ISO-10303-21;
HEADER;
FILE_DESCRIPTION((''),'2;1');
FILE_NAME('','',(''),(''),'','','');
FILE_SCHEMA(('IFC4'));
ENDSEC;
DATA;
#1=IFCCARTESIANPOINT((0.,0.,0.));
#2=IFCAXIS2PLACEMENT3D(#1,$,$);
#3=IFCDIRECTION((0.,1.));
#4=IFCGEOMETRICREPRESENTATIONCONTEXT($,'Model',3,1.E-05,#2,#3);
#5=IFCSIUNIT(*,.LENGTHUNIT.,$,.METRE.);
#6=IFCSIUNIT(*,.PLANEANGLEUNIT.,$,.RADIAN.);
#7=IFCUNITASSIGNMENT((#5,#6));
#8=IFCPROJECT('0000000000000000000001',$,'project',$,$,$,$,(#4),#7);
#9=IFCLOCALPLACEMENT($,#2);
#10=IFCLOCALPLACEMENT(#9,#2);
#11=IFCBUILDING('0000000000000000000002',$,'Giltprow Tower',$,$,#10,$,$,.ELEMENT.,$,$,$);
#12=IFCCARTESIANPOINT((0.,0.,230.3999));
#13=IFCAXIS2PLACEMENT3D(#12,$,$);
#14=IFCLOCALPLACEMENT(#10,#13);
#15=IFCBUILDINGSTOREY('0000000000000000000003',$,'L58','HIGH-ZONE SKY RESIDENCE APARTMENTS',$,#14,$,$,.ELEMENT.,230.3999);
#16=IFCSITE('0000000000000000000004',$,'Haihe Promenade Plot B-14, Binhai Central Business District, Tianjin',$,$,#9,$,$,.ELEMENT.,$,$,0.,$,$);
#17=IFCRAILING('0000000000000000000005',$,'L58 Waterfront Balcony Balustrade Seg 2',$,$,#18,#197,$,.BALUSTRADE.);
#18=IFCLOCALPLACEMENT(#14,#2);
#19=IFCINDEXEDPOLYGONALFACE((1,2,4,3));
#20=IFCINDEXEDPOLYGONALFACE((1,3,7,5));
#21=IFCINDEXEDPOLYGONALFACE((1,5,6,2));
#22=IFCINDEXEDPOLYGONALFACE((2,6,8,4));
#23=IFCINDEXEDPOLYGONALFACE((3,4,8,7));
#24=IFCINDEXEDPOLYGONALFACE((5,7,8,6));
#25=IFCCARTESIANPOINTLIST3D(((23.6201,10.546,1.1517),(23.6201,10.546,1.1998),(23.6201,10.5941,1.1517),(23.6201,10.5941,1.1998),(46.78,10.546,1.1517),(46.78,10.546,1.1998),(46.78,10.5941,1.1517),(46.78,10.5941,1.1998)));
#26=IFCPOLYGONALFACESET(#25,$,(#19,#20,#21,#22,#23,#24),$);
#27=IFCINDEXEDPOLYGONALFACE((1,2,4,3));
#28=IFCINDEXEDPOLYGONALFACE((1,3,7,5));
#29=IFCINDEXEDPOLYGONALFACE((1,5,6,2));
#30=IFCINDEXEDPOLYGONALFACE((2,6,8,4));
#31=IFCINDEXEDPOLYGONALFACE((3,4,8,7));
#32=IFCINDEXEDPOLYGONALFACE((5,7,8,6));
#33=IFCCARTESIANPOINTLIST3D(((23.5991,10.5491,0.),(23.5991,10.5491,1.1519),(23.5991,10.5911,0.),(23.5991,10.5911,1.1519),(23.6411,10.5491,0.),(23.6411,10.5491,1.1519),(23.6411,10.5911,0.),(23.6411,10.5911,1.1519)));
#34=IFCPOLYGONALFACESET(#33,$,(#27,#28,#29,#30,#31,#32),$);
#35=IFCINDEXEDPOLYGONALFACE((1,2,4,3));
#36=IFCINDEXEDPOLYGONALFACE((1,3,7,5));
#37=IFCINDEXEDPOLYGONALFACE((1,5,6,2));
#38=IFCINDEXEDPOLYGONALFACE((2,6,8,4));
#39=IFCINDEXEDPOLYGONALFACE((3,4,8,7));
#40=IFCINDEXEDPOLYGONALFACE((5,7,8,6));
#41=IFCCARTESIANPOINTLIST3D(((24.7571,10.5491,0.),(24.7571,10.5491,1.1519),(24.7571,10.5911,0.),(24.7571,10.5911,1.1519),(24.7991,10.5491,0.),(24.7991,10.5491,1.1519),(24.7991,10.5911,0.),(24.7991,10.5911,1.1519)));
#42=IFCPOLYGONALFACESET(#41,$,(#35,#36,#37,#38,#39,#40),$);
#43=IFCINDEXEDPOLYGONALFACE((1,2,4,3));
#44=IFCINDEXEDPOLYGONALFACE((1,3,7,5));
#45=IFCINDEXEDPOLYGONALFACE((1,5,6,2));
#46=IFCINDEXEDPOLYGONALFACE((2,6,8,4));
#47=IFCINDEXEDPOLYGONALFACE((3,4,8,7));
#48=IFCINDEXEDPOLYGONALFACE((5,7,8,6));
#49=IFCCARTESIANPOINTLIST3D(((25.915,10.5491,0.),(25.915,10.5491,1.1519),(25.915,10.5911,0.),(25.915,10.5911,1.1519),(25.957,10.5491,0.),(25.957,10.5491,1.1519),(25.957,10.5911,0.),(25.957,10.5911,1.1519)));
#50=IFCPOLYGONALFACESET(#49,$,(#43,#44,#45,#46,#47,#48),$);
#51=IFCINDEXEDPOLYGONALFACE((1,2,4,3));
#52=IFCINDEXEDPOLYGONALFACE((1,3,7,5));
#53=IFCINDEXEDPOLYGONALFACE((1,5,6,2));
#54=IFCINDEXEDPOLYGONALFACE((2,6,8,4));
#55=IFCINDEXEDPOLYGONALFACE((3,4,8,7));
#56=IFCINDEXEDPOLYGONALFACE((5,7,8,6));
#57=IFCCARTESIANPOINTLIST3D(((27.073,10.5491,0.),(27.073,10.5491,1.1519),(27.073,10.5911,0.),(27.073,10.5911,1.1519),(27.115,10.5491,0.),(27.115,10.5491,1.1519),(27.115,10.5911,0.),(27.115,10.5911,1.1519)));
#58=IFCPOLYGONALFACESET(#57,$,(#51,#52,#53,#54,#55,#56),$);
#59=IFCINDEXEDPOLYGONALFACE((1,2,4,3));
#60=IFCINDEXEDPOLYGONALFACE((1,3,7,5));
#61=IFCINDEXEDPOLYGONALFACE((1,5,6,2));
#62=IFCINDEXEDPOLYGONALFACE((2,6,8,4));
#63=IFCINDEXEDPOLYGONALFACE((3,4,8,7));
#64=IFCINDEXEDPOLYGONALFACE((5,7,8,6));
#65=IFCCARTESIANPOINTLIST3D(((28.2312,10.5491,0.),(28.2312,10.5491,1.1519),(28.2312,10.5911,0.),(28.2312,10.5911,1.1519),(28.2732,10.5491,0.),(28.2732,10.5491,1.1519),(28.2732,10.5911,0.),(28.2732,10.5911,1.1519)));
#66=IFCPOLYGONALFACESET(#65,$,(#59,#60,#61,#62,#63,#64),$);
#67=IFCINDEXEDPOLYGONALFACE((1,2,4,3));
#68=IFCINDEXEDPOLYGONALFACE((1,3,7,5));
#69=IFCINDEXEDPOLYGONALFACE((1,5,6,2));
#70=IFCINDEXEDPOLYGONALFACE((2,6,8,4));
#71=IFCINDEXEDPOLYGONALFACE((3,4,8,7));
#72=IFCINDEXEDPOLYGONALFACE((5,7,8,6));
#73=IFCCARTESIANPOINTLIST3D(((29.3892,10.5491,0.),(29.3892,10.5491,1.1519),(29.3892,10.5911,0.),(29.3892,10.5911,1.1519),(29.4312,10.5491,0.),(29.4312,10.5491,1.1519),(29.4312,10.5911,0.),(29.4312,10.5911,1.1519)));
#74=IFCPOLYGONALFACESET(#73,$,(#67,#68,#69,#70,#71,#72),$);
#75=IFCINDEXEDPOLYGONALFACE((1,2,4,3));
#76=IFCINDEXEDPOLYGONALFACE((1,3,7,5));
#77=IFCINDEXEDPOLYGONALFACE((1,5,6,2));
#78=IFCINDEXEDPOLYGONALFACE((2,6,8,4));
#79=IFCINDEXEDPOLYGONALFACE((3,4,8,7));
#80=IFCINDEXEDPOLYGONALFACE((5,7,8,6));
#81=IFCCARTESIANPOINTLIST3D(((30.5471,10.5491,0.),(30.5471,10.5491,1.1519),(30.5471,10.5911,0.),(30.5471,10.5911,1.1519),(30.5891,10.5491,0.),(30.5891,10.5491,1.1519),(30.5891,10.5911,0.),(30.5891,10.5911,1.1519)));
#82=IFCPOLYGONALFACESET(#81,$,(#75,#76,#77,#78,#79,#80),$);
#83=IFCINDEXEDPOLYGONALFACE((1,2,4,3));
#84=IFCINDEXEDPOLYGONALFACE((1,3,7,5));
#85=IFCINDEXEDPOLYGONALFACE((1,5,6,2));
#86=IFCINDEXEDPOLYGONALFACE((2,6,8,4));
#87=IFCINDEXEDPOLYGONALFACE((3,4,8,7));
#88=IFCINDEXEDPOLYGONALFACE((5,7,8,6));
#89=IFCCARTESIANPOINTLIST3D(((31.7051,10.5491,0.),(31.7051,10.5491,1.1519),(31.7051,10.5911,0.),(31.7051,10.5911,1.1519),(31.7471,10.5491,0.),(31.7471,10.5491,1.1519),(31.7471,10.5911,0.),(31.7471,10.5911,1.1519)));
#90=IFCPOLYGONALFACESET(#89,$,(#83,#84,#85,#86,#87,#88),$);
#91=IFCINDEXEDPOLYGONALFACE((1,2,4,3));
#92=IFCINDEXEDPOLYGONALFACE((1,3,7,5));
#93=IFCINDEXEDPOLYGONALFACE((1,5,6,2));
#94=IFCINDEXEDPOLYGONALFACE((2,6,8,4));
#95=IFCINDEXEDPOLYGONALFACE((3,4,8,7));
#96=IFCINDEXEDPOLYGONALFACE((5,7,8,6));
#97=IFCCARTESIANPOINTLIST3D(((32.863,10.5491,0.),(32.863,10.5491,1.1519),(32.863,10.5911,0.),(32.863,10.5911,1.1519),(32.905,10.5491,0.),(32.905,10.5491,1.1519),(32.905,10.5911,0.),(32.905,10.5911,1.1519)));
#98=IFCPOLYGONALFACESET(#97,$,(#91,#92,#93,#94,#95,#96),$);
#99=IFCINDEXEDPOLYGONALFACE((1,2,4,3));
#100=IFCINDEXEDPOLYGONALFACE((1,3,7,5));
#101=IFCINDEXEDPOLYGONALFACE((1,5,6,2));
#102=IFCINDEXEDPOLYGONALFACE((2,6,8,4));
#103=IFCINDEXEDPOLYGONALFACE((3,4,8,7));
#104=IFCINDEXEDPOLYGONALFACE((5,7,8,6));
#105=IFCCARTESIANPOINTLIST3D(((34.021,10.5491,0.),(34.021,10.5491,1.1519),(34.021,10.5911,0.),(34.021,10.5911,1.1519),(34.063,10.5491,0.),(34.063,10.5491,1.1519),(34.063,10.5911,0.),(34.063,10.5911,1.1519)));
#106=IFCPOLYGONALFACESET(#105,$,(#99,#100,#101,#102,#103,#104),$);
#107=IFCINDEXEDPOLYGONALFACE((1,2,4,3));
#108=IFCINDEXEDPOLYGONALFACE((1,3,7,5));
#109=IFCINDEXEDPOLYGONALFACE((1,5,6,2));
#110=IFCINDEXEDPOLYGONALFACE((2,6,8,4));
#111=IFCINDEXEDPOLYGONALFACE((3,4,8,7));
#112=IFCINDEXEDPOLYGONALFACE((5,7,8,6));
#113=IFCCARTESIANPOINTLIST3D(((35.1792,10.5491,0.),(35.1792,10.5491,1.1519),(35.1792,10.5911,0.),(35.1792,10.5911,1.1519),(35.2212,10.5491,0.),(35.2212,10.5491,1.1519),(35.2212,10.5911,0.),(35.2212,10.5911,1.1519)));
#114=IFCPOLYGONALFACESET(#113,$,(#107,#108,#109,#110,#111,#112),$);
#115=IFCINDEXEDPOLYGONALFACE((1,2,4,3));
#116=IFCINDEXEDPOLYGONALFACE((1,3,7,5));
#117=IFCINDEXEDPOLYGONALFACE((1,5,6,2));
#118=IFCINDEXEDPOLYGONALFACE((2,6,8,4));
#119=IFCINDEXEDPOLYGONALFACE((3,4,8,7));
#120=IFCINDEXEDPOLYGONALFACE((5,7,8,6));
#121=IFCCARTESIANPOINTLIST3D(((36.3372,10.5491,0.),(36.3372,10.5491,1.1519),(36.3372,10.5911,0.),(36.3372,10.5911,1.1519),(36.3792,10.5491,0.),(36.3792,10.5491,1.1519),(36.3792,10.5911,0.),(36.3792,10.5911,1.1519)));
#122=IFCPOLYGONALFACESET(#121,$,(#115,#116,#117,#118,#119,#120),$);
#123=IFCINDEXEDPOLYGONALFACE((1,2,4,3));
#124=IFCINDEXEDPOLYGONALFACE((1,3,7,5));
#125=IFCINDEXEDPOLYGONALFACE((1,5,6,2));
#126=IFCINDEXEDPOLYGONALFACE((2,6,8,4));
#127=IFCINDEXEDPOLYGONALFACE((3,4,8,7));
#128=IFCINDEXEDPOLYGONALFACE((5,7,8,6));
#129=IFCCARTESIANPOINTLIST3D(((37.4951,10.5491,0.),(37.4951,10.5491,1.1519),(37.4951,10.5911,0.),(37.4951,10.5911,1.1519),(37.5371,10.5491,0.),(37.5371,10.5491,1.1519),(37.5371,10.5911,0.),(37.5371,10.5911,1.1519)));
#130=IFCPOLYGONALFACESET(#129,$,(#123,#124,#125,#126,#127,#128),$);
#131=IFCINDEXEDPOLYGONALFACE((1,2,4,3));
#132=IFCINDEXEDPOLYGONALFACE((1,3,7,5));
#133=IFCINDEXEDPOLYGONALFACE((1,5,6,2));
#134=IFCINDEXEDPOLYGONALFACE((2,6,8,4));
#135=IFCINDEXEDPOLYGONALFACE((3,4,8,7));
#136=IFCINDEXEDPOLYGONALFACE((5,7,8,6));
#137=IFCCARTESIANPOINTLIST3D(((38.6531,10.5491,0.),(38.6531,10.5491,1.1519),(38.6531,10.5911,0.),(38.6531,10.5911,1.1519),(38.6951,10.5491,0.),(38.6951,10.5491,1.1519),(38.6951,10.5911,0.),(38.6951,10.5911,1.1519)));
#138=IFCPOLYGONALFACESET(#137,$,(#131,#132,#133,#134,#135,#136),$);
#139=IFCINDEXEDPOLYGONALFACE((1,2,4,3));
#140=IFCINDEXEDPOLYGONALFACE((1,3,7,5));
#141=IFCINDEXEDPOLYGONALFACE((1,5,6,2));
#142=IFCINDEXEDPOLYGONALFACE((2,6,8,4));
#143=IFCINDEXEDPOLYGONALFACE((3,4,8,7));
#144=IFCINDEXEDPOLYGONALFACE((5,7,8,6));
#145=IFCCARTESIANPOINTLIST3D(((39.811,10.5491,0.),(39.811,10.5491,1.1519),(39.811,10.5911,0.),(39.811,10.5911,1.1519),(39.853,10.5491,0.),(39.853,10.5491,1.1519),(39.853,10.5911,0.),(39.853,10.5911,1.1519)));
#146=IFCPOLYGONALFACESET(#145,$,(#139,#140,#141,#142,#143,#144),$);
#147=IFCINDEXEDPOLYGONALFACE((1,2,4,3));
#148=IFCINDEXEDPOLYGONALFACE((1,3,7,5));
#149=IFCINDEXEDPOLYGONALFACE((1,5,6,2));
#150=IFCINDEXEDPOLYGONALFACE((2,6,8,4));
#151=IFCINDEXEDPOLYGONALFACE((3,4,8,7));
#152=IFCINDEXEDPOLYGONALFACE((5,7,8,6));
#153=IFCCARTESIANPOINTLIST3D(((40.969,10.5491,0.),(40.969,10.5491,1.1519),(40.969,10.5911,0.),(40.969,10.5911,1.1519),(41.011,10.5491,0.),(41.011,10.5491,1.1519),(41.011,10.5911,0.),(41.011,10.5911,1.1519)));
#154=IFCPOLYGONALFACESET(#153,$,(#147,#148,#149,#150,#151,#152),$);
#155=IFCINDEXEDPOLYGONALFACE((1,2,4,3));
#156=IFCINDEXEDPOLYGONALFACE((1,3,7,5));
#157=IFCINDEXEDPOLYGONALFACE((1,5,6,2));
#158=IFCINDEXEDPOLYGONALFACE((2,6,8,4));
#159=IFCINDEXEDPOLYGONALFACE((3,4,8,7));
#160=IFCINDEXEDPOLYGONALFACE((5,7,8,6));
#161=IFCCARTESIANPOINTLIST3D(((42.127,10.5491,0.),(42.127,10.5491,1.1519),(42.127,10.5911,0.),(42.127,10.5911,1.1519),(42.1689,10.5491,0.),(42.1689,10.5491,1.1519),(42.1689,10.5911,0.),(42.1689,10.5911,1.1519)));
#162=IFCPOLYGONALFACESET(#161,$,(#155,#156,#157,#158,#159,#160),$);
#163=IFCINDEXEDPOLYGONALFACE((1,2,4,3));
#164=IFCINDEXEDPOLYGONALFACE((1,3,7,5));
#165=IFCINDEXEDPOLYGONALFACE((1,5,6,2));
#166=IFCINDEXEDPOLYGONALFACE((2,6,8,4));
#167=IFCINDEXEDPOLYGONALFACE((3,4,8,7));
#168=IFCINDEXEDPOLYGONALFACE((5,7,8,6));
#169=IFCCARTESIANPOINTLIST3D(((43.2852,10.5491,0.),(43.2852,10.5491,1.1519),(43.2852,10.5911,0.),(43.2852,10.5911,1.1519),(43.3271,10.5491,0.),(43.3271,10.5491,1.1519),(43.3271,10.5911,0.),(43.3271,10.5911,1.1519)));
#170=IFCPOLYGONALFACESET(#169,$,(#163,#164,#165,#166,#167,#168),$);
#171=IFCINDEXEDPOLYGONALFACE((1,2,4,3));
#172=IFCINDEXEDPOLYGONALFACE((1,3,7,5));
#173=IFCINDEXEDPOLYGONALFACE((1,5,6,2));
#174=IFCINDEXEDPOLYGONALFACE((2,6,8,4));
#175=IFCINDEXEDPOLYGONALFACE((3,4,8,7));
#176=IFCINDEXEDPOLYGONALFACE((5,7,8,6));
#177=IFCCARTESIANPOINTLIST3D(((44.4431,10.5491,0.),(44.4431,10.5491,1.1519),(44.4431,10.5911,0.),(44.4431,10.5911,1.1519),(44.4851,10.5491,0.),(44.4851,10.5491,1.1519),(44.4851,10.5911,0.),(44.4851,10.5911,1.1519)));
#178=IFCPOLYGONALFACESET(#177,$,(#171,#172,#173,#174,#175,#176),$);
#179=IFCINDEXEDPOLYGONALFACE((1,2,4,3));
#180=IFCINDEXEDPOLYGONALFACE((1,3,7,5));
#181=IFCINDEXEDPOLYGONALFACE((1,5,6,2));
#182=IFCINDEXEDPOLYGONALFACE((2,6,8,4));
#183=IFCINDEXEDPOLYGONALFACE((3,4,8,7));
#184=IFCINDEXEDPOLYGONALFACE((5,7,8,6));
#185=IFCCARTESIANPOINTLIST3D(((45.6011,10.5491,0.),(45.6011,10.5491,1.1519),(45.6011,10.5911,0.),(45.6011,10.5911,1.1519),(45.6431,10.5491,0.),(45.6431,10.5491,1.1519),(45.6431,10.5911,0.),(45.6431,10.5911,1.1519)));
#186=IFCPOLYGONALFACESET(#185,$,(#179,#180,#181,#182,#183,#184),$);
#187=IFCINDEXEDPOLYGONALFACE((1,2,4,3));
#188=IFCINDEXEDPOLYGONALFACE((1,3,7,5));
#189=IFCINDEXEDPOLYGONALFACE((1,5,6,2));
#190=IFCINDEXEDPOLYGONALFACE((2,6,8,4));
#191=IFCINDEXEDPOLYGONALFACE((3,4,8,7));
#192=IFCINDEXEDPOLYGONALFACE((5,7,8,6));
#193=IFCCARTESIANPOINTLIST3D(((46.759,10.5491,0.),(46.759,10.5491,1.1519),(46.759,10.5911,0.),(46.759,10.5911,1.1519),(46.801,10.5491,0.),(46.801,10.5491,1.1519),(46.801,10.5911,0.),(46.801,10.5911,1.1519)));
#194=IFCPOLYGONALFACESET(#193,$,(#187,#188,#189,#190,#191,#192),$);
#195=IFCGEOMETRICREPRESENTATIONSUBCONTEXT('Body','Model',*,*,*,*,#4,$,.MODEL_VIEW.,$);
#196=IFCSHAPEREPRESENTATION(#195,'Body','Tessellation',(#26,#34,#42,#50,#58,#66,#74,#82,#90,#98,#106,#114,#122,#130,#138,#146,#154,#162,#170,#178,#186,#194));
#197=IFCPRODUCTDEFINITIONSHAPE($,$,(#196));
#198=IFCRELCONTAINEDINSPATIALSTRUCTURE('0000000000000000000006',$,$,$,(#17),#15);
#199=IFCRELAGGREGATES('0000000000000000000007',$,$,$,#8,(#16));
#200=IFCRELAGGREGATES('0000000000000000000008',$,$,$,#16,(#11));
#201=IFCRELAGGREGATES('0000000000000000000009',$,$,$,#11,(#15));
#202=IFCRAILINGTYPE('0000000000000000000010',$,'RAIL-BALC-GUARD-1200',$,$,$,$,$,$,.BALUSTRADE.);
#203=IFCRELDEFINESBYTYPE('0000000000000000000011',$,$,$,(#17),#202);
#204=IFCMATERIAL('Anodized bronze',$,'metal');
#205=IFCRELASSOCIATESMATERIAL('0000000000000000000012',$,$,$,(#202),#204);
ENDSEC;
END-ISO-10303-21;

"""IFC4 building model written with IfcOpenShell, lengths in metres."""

from ifc_helpers import new_model, si_unit, direction, frame, origin, origin_2d, place, context, subcontext, project, spatial, rectangle, extrude, material, type_object, element, save


model = new_model("IFC4")

# Units and contexts
model_context = context("Model", 3, precision=1e-05, world=origin(), true_north=direction((0.0, 1.0)))
body_context = subcontext(model_context, "Body", "Model", "MODEL_VIEW")
ifc_project = project(units=[si_unit("LENGTHUNIT", "METRE"), si_unit("PLANEANGLEUNIT", "RADIAN")], contexts=[model_context])

# Site, building, storey
site_placement = place(None, origin())
site = spatial("IfcSite", under=ifc_project, at=site_placement, Name="Haihe Promenade Plot B-14, Binhai Central Business District, Tianjin", CompositionType="ELEMENT", RefElevation=0.0)
building_placement = place(site_placement, origin())
building = spatial("IfcBuilding", under=site, at=building_placement, Name="Giltprow Tower", CompositionType="ELEMENT")
storey_placement = place(building_placement, frame((0.0, 0.0, 230.3999)))
storey = spatial("IfcBuildingStorey", under=building, at=storey_placement, Name="L58", Description="HIGH-ZONE SKY RESIDENCE APARTMENTS", CompositionType="ELEMENT", Elevation=230.3999)

# Shared definitions
ifc_material_1 = material(Name="Anodized bronze", Category="metal")

# Railing
railing_type = type_object("IfcRailingType", Name="RAIL-BALC-GUARD-1200", PredefinedType="BALUSTRADE", material=ifc_material_1)
railing_1_placement = place(storey_placement, frame((23.6201, 10.5701, 0.0)))
element("IfcRailing", 1, at=railing_1_placement, inside=storey, type_object=railing_type, Name="L58 Waterfront Balcony Balustrade Seg 2", PredefinedType="BALUSTRADE", context=body_context, shape_type="SweptSolid", body=[
    extrude(rectangle(XDim=0.0481, YDim=0.0481, at=origin_2d()), frame((0.0, 0.0, 1.1758), z_axis=(1.0, 0.0, 0.0), x_axis=(0.0, 1.0, 0.0)), (0.0, 0.0, 1.0), 23.1599),
    extrude(rectangle(XDim=0.042, YDim=0.042, at=origin_2d()), origin(), (0.0, 0.0, 1.0), 1.1519),
    extrude(rectangle(XDim=0.042, YDim=0.042, at=origin_2d()), frame((1.158, 0.0, 0.0)), (0.0, 0.0, 1.0), 1.1519),
    extrude(rectangle(XDim=0.042, YDim=0.042, at=origin_2d()), frame((2.3159, 0.0, 0.0)), (0.0, 0.0, 1.0), 1.1519),
    extrude(rectangle(XDim=0.042, YDim=0.042, at=origin_2d()), frame((3.4739, 0.0, 0.0)), (0.0, 0.0, 1.0), 1.1519),
    extrude(rectangle(XDim=0.042, YDim=0.042, at=origin_2d()), frame((4.6321, 0.0, 0.0)), (0.0, 0.0, 1.0), 1.1519),
    extrude(rectangle(XDim=0.042, YDim=0.042, at=origin_2d()), frame((5.79, 0.0, 0.0)), (0.0, 0.0, 1.0), 1.1519),
    extrude(rectangle(XDim=0.042, YDim=0.042, at=origin_2d()), frame((6.948, 0.0, 0.0)), (0.0, 0.0, 1.0), 1.1519),
    extrude(rectangle(XDim=0.042, YDim=0.042, at=origin_2d()), frame((8.106, 0.0, 0.0)), (0.0, 0.0, 1.0), 1.1519),
    extrude(rectangle(XDim=0.042, YDim=0.042, at=origin_2d()), frame((9.2639, 0.0, 0.0)), (0.0, 0.0, 1.0), 1.1519),
    extrude(rectangle(XDim=0.042, YDim=0.042, at=origin_2d()), frame((10.4219, 0.0, 0.0)), (0.0, 0.0, 1.0), 1.1519),
    extrude(rectangle(XDim=0.042, YDim=0.042, at=origin_2d()), frame((11.5801, 0.0, 0.0)), (0.0, 0.0, 1.0), 1.1519),
    extrude(rectangle(XDim=0.042, YDim=0.042, at=origin_2d()), frame((12.738, 0.0, 0.0)), (0.0, 0.0, 1.0), 1.1519),
    extrude(rectangle(XDim=0.042, YDim=0.042, at=origin_2d()), frame((13.896, 0.0, 0.0)), (0.0, 0.0, 1.0), 1.1519),
    extrude(rectangle(XDim=0.042, YDim=0.042, at=origin_2d()), frame((15.054, 0.0, 0.0)), (0.0, 0.0, 1.0), 1.1519),
    extrude(rectangle(XDim=0.042, YDim=0.042, at=origin_2d()), frame((16.2119, 0.0, 0.0)), (0.0, 0.0, 1.0), 1.1519),
    extrude(rectangle(XDim=0.042, YDim=0.042, at=origin_2d()), frame((17.3699, 0.0, 0.0)), (0.0, 0.0, 1.0), 1.1519),
    extrude(rectangle(XDim=0.042, YDim=0.042, at=origin_2d()), frame((18.5278, 0.0, 0.0)), (0.0, 0.0, 1.0), 1.1519),
    extrude(rectangle(XDim=0.042, YDim=0.042, at=origin_2d()), frame((19.686, 0.0, 0.0)), (0.0, 0.0, 1.0), 1.1519),
    extrude(rectangle(XDim=0.042, YDim=0.042, at=origin_2d()), frame((20.844, 0.0, 0.0)), (0.0, 0.0, 1.0), 1.1519),
    extrude(rectangle(XDim=0.042, YDim=0.042, at=origin_2d()), frame((22.002, 0.0, 0.0)), (0.0, 0.0, 1.0), 1.1519),
    extrude(rectangle(XDim=0.042, YDim=0.042, at=origin_2d()), frame((23.1599, 0.0, 0.0)), (0.0, 0.0, 1.0), 1.1519),
])

save(model, "model.ifc")
